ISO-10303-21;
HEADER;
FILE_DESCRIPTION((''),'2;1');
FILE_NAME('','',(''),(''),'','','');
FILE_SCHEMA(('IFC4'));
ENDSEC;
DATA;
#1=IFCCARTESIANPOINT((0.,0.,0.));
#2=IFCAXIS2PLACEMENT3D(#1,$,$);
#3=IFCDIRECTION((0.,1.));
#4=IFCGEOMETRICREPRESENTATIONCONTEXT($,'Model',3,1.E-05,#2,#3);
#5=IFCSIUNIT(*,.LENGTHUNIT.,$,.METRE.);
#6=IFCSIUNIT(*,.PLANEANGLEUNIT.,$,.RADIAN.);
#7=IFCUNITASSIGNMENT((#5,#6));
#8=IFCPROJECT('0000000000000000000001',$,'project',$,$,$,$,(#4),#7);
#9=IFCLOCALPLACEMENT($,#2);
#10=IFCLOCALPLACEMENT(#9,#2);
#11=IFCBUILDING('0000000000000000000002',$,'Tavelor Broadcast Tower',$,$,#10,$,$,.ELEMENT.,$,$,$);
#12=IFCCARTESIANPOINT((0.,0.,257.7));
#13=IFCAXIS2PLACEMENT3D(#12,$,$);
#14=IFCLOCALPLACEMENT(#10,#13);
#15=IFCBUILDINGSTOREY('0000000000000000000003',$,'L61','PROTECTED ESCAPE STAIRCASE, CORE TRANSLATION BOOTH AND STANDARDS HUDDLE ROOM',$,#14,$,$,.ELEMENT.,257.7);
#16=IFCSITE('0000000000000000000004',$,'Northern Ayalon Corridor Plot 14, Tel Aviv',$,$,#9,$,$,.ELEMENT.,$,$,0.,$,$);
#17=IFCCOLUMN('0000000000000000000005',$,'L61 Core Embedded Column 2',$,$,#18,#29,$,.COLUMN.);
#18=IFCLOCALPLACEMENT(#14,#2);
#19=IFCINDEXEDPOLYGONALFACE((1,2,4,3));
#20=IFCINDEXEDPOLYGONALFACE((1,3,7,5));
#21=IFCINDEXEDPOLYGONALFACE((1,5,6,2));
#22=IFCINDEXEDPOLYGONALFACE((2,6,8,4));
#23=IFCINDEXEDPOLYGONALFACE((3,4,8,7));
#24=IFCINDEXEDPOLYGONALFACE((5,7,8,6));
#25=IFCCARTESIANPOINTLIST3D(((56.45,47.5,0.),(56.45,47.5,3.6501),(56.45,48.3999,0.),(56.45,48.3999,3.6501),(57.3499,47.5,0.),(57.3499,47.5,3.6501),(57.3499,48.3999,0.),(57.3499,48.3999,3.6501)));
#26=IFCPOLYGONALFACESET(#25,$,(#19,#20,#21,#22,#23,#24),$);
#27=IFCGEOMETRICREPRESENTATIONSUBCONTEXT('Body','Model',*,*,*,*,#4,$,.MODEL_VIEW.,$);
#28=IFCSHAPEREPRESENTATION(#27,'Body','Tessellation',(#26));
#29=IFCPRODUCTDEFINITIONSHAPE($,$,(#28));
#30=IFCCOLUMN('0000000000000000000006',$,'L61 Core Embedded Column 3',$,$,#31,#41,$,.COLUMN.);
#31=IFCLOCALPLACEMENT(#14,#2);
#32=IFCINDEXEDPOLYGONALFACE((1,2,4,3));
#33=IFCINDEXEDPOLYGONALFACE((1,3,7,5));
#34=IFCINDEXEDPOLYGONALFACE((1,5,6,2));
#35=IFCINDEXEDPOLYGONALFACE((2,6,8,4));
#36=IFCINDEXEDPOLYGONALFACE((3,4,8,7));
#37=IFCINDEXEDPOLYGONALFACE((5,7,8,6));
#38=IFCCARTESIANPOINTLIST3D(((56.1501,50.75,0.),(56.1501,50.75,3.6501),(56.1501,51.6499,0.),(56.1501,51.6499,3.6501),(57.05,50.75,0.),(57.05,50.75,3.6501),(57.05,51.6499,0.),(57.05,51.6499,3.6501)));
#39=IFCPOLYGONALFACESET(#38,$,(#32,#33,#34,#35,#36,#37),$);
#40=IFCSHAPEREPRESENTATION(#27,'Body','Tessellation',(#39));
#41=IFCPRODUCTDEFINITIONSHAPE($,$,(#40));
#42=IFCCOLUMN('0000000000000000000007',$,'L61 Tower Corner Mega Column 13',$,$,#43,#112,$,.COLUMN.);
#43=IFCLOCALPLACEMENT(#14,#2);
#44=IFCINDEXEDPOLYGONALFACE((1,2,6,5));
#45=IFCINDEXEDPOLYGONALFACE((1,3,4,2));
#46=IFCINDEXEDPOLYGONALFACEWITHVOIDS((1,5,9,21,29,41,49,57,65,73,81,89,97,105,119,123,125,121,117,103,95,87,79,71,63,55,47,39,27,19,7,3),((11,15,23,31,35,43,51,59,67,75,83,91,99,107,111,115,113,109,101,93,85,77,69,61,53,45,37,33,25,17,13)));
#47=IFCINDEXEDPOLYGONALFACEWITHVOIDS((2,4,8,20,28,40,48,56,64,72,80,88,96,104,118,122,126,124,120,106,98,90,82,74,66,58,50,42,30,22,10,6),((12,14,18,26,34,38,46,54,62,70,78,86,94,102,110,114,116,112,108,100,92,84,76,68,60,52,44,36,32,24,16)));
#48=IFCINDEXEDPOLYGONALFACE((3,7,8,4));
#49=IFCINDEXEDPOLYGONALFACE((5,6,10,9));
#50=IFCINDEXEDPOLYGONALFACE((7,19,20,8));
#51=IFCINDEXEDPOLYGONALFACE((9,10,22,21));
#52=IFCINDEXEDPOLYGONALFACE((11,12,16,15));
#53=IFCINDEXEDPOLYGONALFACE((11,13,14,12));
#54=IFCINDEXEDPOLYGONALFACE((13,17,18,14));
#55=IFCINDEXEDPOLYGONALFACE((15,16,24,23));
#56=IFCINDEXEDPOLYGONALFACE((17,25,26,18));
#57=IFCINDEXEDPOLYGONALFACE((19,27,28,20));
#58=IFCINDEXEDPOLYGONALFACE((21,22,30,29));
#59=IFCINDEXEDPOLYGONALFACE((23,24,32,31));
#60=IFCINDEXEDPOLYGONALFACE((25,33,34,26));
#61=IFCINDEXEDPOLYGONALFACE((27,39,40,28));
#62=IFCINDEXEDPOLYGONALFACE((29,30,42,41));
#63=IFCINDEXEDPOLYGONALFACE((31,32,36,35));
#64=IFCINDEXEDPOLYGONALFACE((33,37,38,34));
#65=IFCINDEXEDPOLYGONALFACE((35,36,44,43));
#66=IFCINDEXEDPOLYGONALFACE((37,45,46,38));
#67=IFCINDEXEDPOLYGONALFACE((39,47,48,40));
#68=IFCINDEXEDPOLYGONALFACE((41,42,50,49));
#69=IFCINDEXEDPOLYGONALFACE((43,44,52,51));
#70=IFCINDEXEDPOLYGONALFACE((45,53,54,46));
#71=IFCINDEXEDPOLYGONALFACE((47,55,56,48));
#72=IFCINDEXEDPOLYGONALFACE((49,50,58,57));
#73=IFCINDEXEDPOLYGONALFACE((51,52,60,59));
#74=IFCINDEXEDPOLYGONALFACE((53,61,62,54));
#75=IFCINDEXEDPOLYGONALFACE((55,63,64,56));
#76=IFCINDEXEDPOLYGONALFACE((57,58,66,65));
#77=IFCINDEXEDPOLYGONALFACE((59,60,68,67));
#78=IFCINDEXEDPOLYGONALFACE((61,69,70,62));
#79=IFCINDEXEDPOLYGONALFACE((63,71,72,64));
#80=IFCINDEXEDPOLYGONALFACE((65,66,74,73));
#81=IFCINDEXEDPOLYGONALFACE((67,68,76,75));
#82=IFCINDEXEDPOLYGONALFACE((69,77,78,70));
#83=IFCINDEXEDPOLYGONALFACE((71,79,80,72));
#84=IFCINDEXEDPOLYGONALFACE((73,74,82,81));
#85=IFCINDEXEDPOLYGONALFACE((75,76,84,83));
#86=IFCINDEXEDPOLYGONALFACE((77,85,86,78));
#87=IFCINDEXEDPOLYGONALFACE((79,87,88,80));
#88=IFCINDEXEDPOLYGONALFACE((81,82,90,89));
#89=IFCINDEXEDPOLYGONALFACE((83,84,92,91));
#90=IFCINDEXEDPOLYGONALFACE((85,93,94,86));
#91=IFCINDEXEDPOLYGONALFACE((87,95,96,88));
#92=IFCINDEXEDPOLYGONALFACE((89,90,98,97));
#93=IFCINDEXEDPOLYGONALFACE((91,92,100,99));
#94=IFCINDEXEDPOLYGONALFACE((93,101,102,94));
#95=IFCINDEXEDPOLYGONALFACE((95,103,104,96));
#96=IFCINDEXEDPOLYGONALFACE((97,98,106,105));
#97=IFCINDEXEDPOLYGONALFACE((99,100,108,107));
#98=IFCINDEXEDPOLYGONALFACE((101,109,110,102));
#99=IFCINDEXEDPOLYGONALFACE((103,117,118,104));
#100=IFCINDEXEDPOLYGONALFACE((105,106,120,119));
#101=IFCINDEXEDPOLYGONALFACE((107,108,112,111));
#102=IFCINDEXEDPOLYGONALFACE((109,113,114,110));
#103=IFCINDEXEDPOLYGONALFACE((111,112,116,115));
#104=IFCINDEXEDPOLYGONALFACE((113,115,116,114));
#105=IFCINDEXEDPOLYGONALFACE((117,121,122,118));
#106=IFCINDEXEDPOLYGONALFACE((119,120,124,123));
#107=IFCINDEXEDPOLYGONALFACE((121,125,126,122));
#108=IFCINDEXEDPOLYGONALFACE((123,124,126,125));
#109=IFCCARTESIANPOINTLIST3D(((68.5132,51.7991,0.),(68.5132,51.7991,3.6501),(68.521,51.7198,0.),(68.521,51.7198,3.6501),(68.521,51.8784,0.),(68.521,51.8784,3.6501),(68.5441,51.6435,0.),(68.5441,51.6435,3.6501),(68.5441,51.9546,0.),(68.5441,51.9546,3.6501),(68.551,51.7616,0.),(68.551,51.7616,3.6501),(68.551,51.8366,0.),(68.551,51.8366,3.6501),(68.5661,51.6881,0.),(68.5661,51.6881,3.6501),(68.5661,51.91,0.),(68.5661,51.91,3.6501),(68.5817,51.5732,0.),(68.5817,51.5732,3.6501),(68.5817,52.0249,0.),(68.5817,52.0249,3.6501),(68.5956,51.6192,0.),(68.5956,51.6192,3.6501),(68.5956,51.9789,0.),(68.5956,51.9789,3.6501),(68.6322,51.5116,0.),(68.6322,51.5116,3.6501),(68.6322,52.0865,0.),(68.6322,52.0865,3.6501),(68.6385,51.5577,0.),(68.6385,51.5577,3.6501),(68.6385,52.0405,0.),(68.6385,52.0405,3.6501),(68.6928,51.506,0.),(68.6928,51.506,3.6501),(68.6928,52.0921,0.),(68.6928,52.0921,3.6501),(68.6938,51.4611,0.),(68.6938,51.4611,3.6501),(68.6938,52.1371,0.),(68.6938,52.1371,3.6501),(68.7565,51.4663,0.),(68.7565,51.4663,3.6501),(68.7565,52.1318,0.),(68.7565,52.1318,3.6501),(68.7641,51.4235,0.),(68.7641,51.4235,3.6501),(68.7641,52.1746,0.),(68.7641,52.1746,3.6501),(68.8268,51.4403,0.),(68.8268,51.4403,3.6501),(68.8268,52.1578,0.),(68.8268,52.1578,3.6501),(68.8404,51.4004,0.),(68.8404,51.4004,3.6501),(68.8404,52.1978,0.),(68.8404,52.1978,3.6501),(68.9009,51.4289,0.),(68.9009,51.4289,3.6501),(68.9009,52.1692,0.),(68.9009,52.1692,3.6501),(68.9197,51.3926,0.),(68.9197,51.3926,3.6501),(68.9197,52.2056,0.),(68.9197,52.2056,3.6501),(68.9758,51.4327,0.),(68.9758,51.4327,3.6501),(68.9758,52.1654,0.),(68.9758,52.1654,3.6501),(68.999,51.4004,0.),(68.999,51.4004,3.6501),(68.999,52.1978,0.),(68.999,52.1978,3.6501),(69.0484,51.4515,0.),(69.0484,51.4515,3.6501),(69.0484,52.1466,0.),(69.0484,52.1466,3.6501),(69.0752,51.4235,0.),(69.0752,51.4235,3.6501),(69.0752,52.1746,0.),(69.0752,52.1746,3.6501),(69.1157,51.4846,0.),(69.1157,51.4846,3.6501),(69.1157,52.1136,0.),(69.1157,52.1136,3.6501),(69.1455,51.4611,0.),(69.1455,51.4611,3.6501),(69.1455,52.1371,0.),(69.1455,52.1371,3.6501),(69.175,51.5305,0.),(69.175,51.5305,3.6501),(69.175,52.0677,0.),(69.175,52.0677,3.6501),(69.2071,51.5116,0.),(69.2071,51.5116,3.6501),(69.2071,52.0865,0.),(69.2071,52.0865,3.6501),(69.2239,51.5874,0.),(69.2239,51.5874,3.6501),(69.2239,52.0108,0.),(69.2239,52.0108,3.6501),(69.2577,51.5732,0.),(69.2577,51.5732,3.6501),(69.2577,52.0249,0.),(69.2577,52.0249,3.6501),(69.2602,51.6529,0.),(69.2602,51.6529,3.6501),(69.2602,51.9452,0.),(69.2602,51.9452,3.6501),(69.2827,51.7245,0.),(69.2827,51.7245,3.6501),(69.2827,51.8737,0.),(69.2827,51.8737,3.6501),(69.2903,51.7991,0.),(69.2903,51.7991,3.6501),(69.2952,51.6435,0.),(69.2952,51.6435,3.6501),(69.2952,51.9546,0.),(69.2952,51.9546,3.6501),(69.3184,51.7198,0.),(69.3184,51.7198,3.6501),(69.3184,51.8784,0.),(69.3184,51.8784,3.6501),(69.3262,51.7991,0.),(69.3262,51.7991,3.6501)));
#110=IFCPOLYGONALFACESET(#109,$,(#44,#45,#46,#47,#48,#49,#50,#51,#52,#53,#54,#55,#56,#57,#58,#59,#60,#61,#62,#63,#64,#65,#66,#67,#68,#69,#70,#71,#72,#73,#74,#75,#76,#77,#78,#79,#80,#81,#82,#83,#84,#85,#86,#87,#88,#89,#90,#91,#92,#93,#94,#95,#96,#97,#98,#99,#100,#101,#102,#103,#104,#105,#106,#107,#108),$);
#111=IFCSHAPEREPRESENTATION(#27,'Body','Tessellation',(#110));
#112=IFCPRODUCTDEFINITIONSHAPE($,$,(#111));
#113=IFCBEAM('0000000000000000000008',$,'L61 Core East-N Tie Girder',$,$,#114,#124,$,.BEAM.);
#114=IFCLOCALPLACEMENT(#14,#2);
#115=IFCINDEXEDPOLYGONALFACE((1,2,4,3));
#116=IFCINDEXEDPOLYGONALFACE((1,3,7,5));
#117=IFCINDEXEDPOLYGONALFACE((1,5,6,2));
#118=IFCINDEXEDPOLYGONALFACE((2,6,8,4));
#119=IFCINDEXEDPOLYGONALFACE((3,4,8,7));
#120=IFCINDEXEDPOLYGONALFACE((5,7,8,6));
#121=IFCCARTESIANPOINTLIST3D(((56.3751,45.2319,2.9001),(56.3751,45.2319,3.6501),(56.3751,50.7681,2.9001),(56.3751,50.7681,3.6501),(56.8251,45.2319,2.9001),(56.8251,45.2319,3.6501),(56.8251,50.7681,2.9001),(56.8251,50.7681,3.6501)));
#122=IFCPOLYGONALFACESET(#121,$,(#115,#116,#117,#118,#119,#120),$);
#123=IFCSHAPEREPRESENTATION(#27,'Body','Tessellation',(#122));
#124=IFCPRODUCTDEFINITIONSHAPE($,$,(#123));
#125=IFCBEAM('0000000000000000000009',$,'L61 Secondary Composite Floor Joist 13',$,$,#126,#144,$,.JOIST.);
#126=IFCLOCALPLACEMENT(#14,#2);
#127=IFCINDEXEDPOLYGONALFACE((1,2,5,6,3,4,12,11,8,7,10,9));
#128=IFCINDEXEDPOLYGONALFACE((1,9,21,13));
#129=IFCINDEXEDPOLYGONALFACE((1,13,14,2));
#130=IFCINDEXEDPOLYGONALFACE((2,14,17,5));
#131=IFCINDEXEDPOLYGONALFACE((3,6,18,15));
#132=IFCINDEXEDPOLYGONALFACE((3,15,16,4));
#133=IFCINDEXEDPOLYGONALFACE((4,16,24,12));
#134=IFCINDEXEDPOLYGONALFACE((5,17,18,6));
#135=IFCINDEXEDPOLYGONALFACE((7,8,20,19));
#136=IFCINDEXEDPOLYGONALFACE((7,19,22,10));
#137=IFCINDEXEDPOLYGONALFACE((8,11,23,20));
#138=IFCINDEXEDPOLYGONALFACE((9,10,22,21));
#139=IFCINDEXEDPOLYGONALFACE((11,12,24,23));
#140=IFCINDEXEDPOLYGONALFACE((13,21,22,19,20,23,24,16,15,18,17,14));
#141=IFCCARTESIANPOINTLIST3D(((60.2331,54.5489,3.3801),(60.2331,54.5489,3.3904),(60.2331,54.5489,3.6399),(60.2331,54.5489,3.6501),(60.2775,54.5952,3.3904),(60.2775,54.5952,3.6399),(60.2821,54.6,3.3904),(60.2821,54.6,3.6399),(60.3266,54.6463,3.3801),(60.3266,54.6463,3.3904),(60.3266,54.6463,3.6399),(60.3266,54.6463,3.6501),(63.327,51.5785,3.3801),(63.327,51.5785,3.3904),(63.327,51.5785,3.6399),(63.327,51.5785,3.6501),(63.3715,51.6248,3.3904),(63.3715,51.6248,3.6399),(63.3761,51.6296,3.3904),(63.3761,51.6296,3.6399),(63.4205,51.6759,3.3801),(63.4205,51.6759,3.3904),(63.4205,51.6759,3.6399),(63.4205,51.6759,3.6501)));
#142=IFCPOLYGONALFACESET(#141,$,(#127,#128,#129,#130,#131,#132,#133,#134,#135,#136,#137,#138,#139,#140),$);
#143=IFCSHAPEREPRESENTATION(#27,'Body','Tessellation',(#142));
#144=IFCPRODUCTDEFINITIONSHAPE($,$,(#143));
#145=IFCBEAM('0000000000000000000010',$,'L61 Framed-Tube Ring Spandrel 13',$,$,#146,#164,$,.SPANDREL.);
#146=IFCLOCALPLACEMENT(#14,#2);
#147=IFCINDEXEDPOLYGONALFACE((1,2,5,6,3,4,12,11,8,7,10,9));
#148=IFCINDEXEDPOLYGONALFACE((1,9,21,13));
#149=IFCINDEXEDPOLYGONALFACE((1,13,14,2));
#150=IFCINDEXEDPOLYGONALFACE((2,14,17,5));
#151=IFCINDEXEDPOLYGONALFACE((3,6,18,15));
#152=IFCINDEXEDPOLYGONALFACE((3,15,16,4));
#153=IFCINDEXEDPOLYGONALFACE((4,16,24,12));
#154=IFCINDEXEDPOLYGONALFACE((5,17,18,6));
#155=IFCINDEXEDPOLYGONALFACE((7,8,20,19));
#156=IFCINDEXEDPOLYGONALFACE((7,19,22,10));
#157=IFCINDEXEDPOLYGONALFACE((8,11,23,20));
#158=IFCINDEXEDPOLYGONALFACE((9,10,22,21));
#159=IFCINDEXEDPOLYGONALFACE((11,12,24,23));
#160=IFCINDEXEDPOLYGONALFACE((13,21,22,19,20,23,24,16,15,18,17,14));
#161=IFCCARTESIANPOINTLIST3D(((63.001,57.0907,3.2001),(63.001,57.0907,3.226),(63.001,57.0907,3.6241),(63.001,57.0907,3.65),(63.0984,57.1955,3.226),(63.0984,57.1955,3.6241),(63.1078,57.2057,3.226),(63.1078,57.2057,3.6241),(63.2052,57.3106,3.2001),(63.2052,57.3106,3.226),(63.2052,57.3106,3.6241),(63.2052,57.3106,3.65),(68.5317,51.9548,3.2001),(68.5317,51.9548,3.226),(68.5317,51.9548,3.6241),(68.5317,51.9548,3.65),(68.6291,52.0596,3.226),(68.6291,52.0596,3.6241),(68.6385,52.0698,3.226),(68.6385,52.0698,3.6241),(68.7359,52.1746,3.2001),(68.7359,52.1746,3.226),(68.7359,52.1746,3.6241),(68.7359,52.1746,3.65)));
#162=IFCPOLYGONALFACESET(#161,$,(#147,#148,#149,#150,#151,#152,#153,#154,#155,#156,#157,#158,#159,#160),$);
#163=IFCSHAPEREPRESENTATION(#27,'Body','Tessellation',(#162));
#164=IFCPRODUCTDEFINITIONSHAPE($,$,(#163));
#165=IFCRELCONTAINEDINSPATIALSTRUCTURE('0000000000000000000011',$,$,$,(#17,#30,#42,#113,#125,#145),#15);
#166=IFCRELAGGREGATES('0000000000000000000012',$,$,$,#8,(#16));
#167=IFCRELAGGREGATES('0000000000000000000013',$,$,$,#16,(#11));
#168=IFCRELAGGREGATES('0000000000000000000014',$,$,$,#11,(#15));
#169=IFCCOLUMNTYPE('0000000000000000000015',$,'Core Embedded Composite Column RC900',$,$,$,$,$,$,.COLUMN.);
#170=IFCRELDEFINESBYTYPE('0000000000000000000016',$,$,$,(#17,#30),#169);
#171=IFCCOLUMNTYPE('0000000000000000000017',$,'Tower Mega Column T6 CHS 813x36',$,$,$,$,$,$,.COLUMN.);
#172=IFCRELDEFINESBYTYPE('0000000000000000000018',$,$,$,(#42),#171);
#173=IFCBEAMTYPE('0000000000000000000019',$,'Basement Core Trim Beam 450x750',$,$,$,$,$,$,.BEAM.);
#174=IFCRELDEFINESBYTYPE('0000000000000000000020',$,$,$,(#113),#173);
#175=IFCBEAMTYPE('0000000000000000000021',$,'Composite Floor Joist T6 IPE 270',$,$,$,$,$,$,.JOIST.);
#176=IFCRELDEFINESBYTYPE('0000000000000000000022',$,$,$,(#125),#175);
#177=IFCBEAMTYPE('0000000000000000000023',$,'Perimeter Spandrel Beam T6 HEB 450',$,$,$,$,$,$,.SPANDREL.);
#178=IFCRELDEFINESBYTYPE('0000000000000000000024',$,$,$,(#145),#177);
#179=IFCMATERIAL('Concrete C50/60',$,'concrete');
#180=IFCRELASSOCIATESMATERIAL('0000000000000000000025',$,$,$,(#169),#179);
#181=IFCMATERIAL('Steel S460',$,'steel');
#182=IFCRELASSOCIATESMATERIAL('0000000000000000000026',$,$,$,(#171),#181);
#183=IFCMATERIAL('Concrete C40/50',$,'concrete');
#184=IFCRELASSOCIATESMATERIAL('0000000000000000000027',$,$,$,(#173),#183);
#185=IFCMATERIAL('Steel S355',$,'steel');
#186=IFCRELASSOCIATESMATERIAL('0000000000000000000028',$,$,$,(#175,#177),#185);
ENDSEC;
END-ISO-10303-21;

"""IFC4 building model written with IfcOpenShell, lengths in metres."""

from ifc_helpers import new_model, si_unit, direction, frame, origin, origin_2d, place, context, subcontext, project, spatial, rectangle, hollow_circle, i_section, extrude, material, material_profile, profile_set, type_object, element, save


model = new_model("IFC4")

# Units and contexts
model_context = context("Model", 3, precision=1e-05, world=origin(), true_north=direction((0.0, 1.0)))
body_context = subcontext(model_context, "Body", "Model", "MODEL_VIEW")
ifc_project = project(units=[si_unit("LENGTHUNIT", "METRE"), si_unit("PLANEANGLEUNIT", "RADIAN")], contexts=[model_context])

# Site, building, storey
site_placement = place(None, origin())
site = spatial("IfcSite", under=ifc_project, at=site_placement, Name="Northern Ayalon Corridor Plot 14, Tel Aviv", CompositionType="ELEMENT", RefElevation=0.0)
building_placement = place(site_placement, origin())
building = spatial("IfcBuilding", under=site, at=building_placement, Name="Tavelor Broadcast Tower", CompositionType="ELEMENT")
storey_placement = place(building_placement, frame((0.0, 0.0, 257.7)))
storey = spatial("IfcBuildingStorey", under=building, at=storey_placement, Name="L61", Description="PROTECTED ESCAPE STAIRCASE, CORE TRANSLATION BOOTH AND STANDARDS HUDDLE ROOM", CompositionType="ELEMENT", Elevation=257.7)

# Columns
ifc_material_1 = material(Name="Concrete C50/60", Category="concrete")
ifc_material_profile_1 = material_profile(ifc_material_1, rectangle(XDim=0.8999, YDim=0.8999, at=origin_2d()), Name="RC 900x900")
ifc_profile_set_1 = profile_set([ifc_material_profile_1], Name="Concrete C50/60")
column_type_1 = type_object("IfcColumnType", Name="Core Embedded Composite Column RC900", PredefinedType="COLUMN", material=ifc_profile_set_1)
for number, where, z_axis, x_axis, name in (
    (1, (56.8999, 47.95, 0.0), (0.0, 0.0, 1.0), (1.0, 0.0, 0.0), "L61 Core Embedded Column 2"),
    (2, (56.6001, 51.2, 0.0), (0.0, 0.0, 1.0), (1.0, 0.0, 0.0), "L61 Core Embedded Column 3"),
):
    element("IfcColumn", number, at=place(storey_placement, frame(where, z_axis=z_axis, x_axis=x_axis)), inside=storey, type_object=column_type_1, Name=name, PredefinedType="COLUMN", context=body_context, shape_type="SweptSolid", body=[
        extrude(rectangle(XDim=0.8999, YDim=0.8999, at=origin_2d()), origin(), (0.0, 0.0, 1.0), 3.6501),
    ])
ifc_material_2 = material(Name="Steel S460", Category="steel")
ifc_material_profile_2 = material_profile(ifc_material_2, hollow_circle(Radius=0.4065, WallThickness=0.0359, at=origin_2d()), Name="CHS 813x36")
ifc_profile_set_2 = profile_set([ifc_material_profile_2], Name="Steel S460")
column_type_2 = type_object("IfcColumnType", Name="Tower Mega Column T6 CHS 813x36", PredefinedType="COLUMN", material=ifc_profile_set_2)
column_placement = place(storey_placement, frame((68.9197, 51.7991, 0.0), z_axis=(0.0, 0.0, 1.0), x_axis=(1.0, 0.0, 0.0)))
element("IfcColumn", 3, at=column_placement, inside=storey, type_object=column_type_2, Name="L61 Tower Corner Mega Column 13", PredefinedType="COLUMN", context=body_context, shape_type="SweptSolid", body=[
    extrude(hollow_circle(Radius=0.4065, WallThickness=0.0359, at=origin_2d()), origin(), (0.0, 0.0, 1.0), 3.6501),
])

# Beams
ifc_material_3 = material(Name="Concrete C40/50", Category="concrete")
ifc_material_profile_3 = material_profile(ifc_material_3, rectangle(XDim=0.45, YDim=0.75, at=origin_2d()), Name="RC 450x750")
ifc_profile_set_3 = profile_set([ifc_material_profile_3], Name="Concrete C40/50")
beam_type_1 = type_object("IfcBeamType", Name="Basement Core Trim Beam 450x750", PredefinedType="BEAM", material=ifc_profile_set_3)
beam_1_placement = place(storey_placement, frame((56.6001, 45.2319, 3.2751), z_axis=(0.0, 1.0, 0.0), x_axis=(-1.0, 0.0, 0.0)))
element("IfcBeam", 4, at=beam_1_placement, inside=storey, type_object=beam_type_1, Name="L61 Core East-N Tie Girder", PredefinedType="BEAM", context=body_context, shape_type="SweptSolid", body=[
    extrude(rectangle(XDim=0.45, YDim=0.75, at=origin_2d()), origin(), (0.0, 0.0, 1.0), 5.5361),
])
ifc_material_4 = material(Name="Steel S355", Category="steel")
ifc_material_profile_4 = material_profile(ifc_material_4, i_section(OverallWidth=0.135, OverallDepth=0.27, WebThickness=0.0066, FlangeThickness=0.0103, at=origin_2d()), Name="IPE 270")
ifc_profile_set_4 = profile_set([ifc_material_profile_4], Name="Steel S355")
beam_type_2 = type_object("IfcBeamType", Name="Composite Floor Joist T6 IPE 270", PredefinedType="JOIST", material=ifc_profile_set_4)
beam_2_placement = place(storey_placement, frame((63.3738, 51.6272, 3.5151), z_axis=(-0.721361, 0.692559, 0.0), x_axis=(-0.692559, -0.721361, 0.0)))
element("IfcBeam", 5, at=beam_2_placement, inside=storey, type_object=beam_type_2, Name="L61 Secondary Composite Floor Joist 13", PredefinedType="JOIST", context=body_context, shape_type="SweptSolid", body=[
    extrude(i_section(OverallWidth=0.135, OverallDepth=0.27, WebThickness=0.0066, FlangeThickness=0.0103, at=origin_2d()), origin(), (0.0, 0.0, 1.0), 4.2891),
])
ifc_material_profile_5 = material_profile(ifc_material_4, i_section(OverallWidth=0.3, OverallDepth=0.45, WebThickness=0.0139, FlangeThickness=0.0259, at=origin_2d()), Name="HEB 450")
ifc_profile_set_5 = profile_set([ifc_material_profile_5], Name="Steel S355")
beam_type_3 = type_object("IfcBeamType", Name="Perimeter Spandrel Beam T6 HEB 450", PredefinedType="SPANDREL", material=ifc_profile_set_5)
beam_3_placement = place(storey_placement, frame((68.6338, 52.0647, 3.425), z_axis=(-0.732775, 0.680471, 0.0), x_axis=(-0.680471, -0.732775, 0.0)))
element("IfcBeam", 6, at=beam_3_placement, inside=storey, type_object=beam_type_3, Name="L61 Framed-Tube Ring Spandrel 13", PredefinedType="SPANDREL", context=body_context, shape_type="SweptSolid", body=[
    extrude(i_section(OverallWidth=0.3, OverallDepth=0.45, WebThickness=0.0139, FlangeThickness=0.0259, at=origin_2d()), origin(), (0.0, 0.0, 1.0), 7.5476),
])

save(model, "model.ifc")
